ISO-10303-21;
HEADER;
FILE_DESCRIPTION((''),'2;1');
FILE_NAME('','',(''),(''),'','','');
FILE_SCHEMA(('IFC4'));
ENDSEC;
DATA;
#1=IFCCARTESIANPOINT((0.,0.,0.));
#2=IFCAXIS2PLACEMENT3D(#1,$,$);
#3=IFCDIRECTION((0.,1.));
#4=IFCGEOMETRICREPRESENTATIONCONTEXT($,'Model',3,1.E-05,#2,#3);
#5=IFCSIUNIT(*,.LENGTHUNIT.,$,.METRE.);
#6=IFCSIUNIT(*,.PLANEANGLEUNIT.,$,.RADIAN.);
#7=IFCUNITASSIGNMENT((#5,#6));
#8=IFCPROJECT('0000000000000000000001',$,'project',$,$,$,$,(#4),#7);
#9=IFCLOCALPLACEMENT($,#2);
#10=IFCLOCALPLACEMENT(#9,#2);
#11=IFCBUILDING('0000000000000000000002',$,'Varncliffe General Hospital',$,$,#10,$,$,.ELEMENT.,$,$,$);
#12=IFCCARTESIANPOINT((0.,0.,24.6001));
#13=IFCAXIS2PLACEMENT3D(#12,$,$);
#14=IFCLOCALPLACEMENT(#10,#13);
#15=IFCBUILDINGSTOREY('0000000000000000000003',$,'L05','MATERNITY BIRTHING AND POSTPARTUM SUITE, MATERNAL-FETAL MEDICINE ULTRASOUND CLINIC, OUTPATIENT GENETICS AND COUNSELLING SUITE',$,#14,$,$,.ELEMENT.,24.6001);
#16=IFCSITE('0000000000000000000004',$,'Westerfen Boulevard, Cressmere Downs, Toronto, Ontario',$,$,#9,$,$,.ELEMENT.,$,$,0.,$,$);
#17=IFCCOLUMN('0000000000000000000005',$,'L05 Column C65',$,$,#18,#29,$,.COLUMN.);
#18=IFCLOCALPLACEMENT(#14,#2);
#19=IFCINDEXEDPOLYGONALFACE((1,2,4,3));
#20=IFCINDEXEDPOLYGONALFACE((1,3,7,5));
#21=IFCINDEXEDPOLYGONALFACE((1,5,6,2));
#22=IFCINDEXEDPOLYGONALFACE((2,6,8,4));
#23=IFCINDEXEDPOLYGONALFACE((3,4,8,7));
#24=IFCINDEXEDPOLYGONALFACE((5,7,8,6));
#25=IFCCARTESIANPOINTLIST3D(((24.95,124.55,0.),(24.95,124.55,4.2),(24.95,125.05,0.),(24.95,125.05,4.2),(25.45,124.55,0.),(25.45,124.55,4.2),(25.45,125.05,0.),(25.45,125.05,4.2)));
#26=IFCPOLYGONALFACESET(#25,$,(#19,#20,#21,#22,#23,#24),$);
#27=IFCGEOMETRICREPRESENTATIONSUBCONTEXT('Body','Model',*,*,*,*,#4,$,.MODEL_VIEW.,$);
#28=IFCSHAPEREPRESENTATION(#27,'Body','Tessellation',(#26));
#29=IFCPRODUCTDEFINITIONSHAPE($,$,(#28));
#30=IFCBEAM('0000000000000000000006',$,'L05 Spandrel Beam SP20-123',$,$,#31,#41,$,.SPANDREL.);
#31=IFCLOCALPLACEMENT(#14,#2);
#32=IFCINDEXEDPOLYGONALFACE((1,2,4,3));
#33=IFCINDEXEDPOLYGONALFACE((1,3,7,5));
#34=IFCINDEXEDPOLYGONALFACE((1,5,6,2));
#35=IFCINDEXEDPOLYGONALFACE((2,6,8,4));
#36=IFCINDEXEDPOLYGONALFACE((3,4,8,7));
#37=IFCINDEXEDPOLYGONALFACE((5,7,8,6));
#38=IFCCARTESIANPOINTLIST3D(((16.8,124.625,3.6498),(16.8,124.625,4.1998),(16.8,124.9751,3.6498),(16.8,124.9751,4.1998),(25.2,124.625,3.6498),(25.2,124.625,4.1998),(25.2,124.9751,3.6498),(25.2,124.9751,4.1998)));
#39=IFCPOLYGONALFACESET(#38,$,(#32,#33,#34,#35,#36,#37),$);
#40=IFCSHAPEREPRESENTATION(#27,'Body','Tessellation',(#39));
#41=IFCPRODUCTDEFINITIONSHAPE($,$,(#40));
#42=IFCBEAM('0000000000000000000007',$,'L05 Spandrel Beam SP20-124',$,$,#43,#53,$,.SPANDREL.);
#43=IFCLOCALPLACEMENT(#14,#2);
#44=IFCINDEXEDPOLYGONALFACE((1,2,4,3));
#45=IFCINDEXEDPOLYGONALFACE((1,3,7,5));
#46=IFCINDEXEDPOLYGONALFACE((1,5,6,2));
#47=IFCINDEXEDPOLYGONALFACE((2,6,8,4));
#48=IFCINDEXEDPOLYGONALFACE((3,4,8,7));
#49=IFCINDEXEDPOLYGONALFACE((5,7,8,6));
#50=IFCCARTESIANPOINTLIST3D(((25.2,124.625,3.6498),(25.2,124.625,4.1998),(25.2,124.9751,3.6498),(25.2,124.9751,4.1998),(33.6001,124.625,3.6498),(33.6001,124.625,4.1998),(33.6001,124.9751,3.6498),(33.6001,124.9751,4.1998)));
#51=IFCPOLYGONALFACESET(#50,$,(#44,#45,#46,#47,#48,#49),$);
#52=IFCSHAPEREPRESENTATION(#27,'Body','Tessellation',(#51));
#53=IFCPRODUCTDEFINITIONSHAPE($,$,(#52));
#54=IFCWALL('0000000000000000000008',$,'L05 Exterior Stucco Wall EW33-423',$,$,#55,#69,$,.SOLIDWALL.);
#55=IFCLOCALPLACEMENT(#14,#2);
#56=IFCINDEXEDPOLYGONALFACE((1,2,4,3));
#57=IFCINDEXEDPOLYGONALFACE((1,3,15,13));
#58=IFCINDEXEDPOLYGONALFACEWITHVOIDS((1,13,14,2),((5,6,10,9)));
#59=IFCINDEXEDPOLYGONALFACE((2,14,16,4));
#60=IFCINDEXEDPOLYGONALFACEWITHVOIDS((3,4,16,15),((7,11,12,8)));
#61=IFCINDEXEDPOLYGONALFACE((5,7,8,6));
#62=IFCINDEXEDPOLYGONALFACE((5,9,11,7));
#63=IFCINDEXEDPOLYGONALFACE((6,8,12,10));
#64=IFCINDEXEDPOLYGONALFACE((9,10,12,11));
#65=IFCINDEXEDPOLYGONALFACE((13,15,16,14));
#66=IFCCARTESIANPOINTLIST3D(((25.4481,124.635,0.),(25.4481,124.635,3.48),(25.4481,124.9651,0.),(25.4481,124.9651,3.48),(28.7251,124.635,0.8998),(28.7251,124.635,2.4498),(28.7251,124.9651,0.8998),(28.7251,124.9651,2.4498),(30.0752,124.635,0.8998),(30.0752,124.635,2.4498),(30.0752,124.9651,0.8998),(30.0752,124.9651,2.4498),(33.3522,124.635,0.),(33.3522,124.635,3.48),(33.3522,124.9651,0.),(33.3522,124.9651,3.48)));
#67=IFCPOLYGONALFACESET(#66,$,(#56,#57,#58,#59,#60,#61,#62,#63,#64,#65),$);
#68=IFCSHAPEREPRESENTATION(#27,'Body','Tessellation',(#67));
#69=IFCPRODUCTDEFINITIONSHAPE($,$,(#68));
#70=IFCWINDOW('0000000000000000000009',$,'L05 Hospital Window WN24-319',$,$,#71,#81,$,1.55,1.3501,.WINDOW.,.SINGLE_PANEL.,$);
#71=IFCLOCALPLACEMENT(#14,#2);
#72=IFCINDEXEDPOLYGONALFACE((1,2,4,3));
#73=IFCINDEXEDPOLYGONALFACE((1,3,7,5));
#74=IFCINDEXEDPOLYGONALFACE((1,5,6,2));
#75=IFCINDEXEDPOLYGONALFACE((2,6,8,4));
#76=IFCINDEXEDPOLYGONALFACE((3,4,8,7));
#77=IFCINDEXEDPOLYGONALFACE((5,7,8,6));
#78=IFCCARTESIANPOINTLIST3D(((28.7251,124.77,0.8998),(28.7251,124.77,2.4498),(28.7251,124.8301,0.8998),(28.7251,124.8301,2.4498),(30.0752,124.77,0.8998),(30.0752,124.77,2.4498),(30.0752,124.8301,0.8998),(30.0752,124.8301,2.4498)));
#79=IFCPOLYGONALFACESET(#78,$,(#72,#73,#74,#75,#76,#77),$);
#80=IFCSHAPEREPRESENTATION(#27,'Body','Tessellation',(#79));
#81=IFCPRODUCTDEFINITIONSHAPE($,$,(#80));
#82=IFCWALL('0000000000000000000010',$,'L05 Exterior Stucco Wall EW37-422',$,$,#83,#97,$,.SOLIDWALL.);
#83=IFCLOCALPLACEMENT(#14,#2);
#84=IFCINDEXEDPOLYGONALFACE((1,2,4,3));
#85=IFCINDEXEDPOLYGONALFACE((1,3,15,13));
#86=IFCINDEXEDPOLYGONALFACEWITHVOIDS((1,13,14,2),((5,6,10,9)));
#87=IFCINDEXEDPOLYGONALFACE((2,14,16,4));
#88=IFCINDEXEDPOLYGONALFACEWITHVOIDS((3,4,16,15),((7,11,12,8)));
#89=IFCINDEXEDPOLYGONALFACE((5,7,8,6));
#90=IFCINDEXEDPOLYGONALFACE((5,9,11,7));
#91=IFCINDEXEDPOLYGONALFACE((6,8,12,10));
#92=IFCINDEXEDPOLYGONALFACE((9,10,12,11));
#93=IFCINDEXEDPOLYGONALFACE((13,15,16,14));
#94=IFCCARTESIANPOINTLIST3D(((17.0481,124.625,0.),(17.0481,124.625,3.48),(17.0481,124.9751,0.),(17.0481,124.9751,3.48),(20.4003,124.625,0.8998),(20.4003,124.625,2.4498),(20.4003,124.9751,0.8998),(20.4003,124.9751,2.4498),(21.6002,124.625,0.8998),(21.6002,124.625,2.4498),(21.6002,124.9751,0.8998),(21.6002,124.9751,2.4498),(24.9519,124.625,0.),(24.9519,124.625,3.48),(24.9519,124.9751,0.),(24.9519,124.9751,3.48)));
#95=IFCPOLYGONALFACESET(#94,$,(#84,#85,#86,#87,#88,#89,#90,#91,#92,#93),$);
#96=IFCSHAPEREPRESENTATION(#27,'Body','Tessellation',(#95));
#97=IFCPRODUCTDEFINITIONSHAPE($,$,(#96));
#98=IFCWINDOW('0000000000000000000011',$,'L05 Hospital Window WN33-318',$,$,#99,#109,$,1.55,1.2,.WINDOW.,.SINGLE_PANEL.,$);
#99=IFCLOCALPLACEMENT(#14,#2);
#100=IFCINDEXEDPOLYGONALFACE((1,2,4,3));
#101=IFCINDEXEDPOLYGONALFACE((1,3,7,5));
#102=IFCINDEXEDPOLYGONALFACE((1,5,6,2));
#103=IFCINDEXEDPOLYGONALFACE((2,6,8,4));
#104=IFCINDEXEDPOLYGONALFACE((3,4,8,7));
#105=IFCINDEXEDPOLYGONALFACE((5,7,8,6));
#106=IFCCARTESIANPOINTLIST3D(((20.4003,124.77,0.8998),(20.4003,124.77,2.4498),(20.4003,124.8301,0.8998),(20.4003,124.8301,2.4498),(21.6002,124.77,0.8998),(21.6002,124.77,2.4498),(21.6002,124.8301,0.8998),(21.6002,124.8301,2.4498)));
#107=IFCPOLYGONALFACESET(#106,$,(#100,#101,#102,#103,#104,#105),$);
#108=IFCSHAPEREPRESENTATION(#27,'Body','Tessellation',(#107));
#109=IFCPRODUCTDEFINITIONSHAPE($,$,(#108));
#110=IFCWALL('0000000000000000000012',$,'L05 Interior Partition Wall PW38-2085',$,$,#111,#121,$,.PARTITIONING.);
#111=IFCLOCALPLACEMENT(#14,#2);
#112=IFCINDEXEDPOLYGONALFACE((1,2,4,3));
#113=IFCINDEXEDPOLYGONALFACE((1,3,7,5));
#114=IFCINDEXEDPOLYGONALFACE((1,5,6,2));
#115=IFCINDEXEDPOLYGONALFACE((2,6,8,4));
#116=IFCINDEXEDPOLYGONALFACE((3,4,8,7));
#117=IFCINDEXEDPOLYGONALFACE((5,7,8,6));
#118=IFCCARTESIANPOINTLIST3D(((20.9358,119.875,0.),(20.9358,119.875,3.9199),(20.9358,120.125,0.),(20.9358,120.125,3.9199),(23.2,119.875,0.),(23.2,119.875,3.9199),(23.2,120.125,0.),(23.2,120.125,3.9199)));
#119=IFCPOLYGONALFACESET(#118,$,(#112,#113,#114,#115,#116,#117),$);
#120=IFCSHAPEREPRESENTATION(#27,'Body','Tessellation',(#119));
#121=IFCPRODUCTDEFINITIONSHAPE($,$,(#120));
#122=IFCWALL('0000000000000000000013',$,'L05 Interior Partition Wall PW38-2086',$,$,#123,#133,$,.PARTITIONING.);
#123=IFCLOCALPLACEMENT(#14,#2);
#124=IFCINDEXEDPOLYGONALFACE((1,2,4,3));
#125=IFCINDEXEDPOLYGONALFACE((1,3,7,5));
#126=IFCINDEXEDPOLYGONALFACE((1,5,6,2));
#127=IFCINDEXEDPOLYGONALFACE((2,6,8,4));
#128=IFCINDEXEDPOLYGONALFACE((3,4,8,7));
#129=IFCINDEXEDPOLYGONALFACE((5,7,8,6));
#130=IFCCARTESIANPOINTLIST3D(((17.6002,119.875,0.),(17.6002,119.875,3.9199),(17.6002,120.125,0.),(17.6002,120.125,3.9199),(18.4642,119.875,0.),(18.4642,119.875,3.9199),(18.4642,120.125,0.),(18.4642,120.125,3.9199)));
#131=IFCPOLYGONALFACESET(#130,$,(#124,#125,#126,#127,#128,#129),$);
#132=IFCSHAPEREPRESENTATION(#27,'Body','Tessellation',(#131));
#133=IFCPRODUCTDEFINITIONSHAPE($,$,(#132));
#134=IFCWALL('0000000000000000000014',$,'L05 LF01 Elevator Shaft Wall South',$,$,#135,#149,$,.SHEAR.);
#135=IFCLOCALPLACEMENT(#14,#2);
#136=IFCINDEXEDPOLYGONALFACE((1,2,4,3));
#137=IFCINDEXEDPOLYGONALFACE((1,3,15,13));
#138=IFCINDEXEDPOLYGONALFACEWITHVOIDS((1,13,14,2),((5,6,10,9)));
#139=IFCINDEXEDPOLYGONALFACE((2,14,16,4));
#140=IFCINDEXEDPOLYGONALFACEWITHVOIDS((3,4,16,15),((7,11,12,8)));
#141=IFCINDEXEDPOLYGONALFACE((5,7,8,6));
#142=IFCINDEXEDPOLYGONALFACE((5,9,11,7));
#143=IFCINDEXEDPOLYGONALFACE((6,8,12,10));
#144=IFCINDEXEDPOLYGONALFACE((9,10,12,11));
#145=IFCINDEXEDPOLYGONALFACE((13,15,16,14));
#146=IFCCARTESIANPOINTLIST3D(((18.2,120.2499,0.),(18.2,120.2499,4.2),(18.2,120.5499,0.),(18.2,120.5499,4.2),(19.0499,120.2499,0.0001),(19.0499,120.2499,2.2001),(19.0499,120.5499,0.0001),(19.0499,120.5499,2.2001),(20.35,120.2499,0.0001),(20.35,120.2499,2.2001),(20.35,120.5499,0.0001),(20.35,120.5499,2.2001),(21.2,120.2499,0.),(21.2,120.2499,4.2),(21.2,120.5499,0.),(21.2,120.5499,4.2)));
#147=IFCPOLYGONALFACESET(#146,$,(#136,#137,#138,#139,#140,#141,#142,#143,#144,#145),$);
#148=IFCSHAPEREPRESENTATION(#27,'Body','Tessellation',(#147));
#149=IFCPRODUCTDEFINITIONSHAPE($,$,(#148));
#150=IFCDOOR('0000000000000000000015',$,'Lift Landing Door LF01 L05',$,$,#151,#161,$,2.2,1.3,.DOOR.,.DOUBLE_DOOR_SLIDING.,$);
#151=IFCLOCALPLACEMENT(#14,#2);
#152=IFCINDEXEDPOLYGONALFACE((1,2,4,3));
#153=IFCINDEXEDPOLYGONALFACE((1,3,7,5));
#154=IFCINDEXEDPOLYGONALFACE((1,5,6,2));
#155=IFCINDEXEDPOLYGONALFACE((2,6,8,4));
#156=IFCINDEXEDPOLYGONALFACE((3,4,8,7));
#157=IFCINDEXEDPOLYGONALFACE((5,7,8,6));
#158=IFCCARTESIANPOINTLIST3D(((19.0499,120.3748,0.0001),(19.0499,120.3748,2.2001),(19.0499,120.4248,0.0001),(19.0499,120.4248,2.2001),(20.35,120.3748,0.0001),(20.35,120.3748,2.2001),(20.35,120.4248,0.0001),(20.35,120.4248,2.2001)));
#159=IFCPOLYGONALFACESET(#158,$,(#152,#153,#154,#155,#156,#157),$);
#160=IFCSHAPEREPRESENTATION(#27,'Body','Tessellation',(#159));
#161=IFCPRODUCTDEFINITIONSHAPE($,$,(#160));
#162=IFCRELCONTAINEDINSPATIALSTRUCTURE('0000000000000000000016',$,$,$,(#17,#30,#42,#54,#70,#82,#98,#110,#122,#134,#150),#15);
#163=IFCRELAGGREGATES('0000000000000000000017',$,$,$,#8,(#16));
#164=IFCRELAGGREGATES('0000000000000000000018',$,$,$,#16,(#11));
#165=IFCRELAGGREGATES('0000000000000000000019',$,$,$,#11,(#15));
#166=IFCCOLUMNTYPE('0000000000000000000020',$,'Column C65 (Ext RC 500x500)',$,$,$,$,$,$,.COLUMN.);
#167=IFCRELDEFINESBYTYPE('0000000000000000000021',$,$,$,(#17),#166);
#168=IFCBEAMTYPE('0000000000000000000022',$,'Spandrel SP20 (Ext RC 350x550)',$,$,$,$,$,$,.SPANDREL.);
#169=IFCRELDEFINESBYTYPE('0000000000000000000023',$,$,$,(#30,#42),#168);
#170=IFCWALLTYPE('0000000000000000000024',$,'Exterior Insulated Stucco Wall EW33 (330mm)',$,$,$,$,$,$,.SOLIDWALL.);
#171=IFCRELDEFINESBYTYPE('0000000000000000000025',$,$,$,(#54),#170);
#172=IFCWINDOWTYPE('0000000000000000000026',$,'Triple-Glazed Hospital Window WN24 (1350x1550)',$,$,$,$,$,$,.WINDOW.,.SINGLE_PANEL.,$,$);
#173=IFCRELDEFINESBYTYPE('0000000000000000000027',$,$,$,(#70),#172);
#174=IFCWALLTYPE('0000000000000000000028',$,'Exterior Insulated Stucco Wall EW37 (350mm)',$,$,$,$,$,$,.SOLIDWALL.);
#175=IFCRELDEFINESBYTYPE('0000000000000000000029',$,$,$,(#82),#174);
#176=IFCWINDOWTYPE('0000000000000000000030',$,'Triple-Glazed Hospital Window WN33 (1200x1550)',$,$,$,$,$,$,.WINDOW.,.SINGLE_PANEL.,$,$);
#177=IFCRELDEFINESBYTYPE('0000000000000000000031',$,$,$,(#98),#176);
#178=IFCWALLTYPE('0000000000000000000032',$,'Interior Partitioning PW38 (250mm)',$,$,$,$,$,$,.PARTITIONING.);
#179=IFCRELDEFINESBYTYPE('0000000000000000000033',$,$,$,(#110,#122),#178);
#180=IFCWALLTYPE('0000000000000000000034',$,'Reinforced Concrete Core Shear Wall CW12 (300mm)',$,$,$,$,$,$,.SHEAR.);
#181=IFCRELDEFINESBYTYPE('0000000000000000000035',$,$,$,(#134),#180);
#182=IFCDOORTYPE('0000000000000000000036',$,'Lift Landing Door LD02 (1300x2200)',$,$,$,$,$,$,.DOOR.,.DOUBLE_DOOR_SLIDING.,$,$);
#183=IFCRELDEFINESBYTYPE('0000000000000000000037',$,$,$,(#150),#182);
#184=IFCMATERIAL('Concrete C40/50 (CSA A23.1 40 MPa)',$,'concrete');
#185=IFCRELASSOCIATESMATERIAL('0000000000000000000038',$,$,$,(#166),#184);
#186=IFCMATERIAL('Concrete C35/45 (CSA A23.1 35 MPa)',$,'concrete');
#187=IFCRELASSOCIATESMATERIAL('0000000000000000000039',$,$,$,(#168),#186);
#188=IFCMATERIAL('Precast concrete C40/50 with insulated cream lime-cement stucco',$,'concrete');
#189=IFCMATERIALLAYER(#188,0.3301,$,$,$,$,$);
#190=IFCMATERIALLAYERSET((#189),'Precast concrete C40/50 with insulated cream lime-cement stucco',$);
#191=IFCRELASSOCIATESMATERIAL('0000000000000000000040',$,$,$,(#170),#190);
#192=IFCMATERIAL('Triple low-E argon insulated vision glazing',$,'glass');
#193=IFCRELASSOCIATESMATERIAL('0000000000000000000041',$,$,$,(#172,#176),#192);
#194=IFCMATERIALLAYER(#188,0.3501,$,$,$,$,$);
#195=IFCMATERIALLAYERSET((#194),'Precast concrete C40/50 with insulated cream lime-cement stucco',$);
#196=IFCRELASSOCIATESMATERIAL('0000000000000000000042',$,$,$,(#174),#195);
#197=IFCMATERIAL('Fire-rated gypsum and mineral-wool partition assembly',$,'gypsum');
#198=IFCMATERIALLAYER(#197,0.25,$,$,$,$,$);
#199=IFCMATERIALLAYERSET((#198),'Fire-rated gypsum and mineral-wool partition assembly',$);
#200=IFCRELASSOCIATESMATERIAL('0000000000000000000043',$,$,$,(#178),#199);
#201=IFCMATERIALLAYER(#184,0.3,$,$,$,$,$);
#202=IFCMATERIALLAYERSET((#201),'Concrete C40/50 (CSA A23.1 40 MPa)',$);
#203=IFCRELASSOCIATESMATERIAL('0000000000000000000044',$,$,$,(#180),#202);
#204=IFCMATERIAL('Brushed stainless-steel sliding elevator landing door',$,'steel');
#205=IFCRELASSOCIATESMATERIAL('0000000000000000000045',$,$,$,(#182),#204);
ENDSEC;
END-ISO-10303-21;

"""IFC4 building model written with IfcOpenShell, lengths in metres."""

from ifc_helpers import new_model, si_unit, direction, frame, frame_2d, origin, origin_2d, place, context, subcontext, project, spatial, rectangle, extrude, material, layer, layer_set, material_profile, profile_set, type_object, element, fill, save


model = new_model("IFC4")

# Units and contexts
model_context = context("Model", 3, precision=1e-05, world=origin(), true_north=direction((0.0, 1.0)))
body_context = subcontext(model_context, "Body", "Model", "MODEL_VIEW")
ifc_project = project(units=[si_unit("LENGTHUNIT", "METRE"), si_unit("PLANEANGLEUNIT", "RADIAN")], contexts=[model_context])

# Site, building, storey
site_placement = place(None, origin())
site = spatial("IfcSite", under=ifc_project, at=site_placement, Name="Westerfen Boulevard, Cressmere Downs, Toronto, Ontario", CompositionType="ELEMENT", RefElevation=0.0)
building_placement = place(site_placement, origin())
building = spatial("IfcBuilding", under=site, at=building_placement, Name="Varncliffe General Hospital", CompositionType="ELEMENT")
storey_placement = place(building_placement, frame((0.0, 0.0, 24.6001)))
storey = spatial("IfcBuildingStorey", under=building, at=storey_placement, Name="L05", Description="MATERNITY BIRTHING AND POSTPARTUM SUITE, MATERNAL-FETAL MEDICINE ULTRASOUND CLINIC, OUTPATIENT GENETICS AND COUNSELLING SUITE", CompositionType="ELEMENT", Elevation=24.6001)

# Column
ifc_material_1 = material(Name="Concrete C40/50 (CSA A23.1 40 MPa)", Category="concrete")
ifc_material_profile_1 = material_profile(ifc_material_1, rectangle(XDim=0.5, YDim=0.5, at=origin_2d()), Name="RC 500x500")
ifc_profile_set_1 = profile_set([ifc_material_profile_1], Name="Concrete C40/50 (CSA A23.1 40 MPa)")
column_type = type_object("IfcColumnType", Name="Column C65 (Ext RC 500x500)", PredefinedType="COLUMN", material=ifc_profile_set_1)
column_placement = place(storey_placement, frame((25.2, 124.8, 0.0), z_axis=(0.0, 0.0, 1.0), x_axis=(1.0, 0.0, 0.0)))
element("IfcColumn", 1, at=column_placement, inside=storey, type_object=column_type, Name="L05 Column C65", PredefinedType="COLUMN", context=body_context, shape_type="SweptSolid", body=[
    extrude(rectangle(XDim=0.5, YDim=0.5, at=origin_2d()), origin(), (0.0, 0.0, 1.0), 4.2),
])

# Beams
ifc_material_2 = material(Name="Concrete C35/45 (CSA A23.1 35 MPa)", Category="concrete")
ifc_material_profile_2 = material_profile(ifc_material_2, rectangle(XDim=0.3501, YDim=0.55, at=origin_2d()), Name="RC 350x550")
ifc_profile_set_2 = profile_set([ifc_material_profile_2], Name="Concrete C35/45 (CSA A23.1 35 MPa)")
beam_type = type_object("IfcBeamType", Name="Spandrel SP20 (Ext RC 350x550)", PredefinedType="SPANDREL", material=ifc_profile_set_2)
beam_1_placement = place(storey_placement, frame((16.8, 124.8, 3.9248), z_axis=(1.0, 0.0, 0.0), x_axis=(0.0, 1.0, 0.0)))
element("IfcBeam", 2, at=beam_1_placement, inside=storey, type_object=beam_type, Name="L05 Spandrel Beam SP20-123", PredefinedType="SPANDREL", context=body_context, shape_type="SweptSolid", body=[
    extrude(rectangle(XDim=0.3501, YDim=0.55, at=origin_2d()), origin(), (0.0, 0.0, 1.0), 8.3999),
])
beam_2_placement = place(storey_placement, frame((25.2, 124.8, 3.9248), z_axis=(1.0, 0.0, 0.0), x_axis=(0.0, 1.0, 0.0)))
element("IfcBeam", 3, at=beam_2_placement, inside=storey, type_object=beam_type, Name="L05 Spandrel Beam SP20-124", PredefinedType="SPANDREL", context=body_context, shape_type="SweptSolid", body=[
    extrude(rectangle(XDim=0.3501, YDim=0.55, at=origin_2d()), origin(), (0.0, 0.0, 1.0), 8.4001),
])

# Walls, openings, windows
ifc_material_3 = material(Name="Precast concrete C40/50 with insulated cream lime-cement stucco", Category="concrete")
ifc_layer_1 = layer(ifc_material_3, 0.3301)
ifc_layer_set_1 = layer_set([ifc_layer_1], Name="Precast concrete C40/50 with insulated cream lime-cement stucco")
wall_type_1 = type_object("IfcWallType", Name="Exterior Insulated Stucco Wall EW33 (330mm)", PredefinedType="SOLIDWALL", material=ifc_layer_set_1)
wall_1_placement = place(storey_placement, frame((25.448, 124.8, 0.0), z_axis=(0.0, 0.0, 1.0), x_axis=(1.0, 0.0, 0.0)))
wall_1 = element("IfcWall", 4, at=wall_1_placement, inside=storey, type_object=wall_type_1, Name="L05 Exterior Stucco Wall EW33-423", PredefinedType="SOLIDWALL", context=body_context, shape_type="SweptSolid", body=[
    extrude(rectangle(XDim=7.9041, YDim=0.3301, at=frame_2d((3.9521, 0.0))), origin(), (0.0, 0.0, 1.0), 3.48),
])
opening_1_placement = place(wall_1_placement, frame((3.2771, 0.0, 0.8999)))
opening_1 = element("IfcOpeningElement", 5, at=opening_1_placement, cuts=wall_1, PredefinedType="OPENING", context=body_context, shape_type="SweptSolid", body=[
    extrude(rectangle(XDim=1.3501, YDim=1.55, at=frame_2d((0.675, 0.7749))), frame((0.0, 0.175, 0.0), z_axis=(0.0, -1.0, 0.0), x_axis=(1.0, 0.0, 0.0)), (0.0, 0.0, 1.0), 0.3501),
])
ifc_material_4 = material(Name="Triple low-E argon insulated vision glazing", Category="glass")
window_type_1 = type_object("IfcWindowType", Name="Triple-Glazed Hospital Window WN24 (1350x1550)", PartitioningType="SINGLE_PANEL", PredefinedType="WINDOW", material=ifc_material_4)
window_1_placement = place(opening_1_placement, origin())
window_1 = element("IfcWindow", 6, at=window_1_placement, inside=storey, type_object=window_type_1, Name="L05 Hospital Window WN24-319", OverallHeight=1.55, OverallWidth=1.3501, PartitioningType="SINGLE_PANEL", PredefinedType="WINDOW", context=body_context, shape_type="SweptSolid", body=[
    extrude(rectangle(XDim=1.3501, YDim=1.55, at=frame_2d((0.675, 0.7749))), frame((0.0, 0.03, 0.0), z_axis=(0.0, -1.0, 0.0), x_axis=(1.0, 0.0, 0.0)), (0.0, 0.0, 1.0), 0.0601),
])
fill(opening_1, window_1)
ifc_layer_2 = layer(ifc_material_3, 0.3501)
ifc_layer_set_2 = layer_set([ifc_layer_2], Name="Precast concrete C40/50 with insulated cream lime-cement stucco")
wall_type_2 = type_object("IfcWallType", Name="Exterior Insulated Stucco Wall EW37 (350mm)", PredefinedType="SOLIDWALL", material=ifc_layer_set_2)
wall_2_placement = place(storey_placement, frame((17.0481, 124.8, 0.0), z_axis=(0.0, 0.0, 1.0), x_axis=(1.0, 0.0, 0.0)))
wall_2 = element("IfcWall", 7, at=wall_2_placement, inside=storey, type_object=wall_type_2, Name="L05 Exterior Stucco Wall EW37-422", PredefinedType="SOLIDWALL", context=body_context, shape_type="SweptSolid", body=[
    extrude(rectangle(XDim=7.9038, YDim=0.3501, at=frame_2d((3.9519, 0.0))), origin(), (0.0, 0.0, 1.0), 3.48),
])
opening_2_placement = place(wall_2_placement, frame((3.3521, 0.0, 0.8999)))
opening_2 = element("IfcOpeningElement", 8, at=opening_2_placement, cuts=wall_2, PredefinedType="OPENING", context=body_context, shape_type="SweptSolid", body=[
    extrude(rectangle(XDim=1.2, YDim=1.55, at=frame_2d((0.6001, 0.7749))), frame((0.0, 0.1851, 0.0), z_axis=(0.0, -1.0, 0.0), x_axis=(1.0, 0.0, 0.0)), (0.0, 0.0, 1.0), 0.3701),
])
window_type_2 = type_object("IfcWindowType", Name="Triple-Glazed Hospital Window WN33 (1200x1550)", PartitioningType="SINGLE_PANEL", PredefinedType="WINDOW", material=ifc_material_4)
window_2_placement = place(opening_2_placement, origin())
window_2 = element("IfcWindow", 9, at=window_2_placement, inside=storey, type_object=window_type_2, Name="L05 Hospital Window WN33-318", OverallHeight=1.55, OverallWidth=1.2, PartitioningType="SINGLE_PANEL", PredefinedType="WINDOW", context=body_context, shape_type="SweptSolid", body=[
    extrude(rectangle(XDim=1.2, YDim=1.55, at=frame_2d((0.6001, 0.7749))), frame((0.0, 0.03, 0.0), z_axis=(0.0, -1.0, 0.0), x_axis=(1.0, 0.0, 0.0)), (0.0, 0.0, 1.0), 0.0601),
])
fill(opening_2, window_2)

# Walls
ifc_material_5 = material(Name="Fire-rated gypsum and mineral-wool partition assembly", Category="gypsum")
ifc_layer_3 = layer(ifc_material_5, 0.25)
ifc_layer_set_3 = layer_set([ifc_layer_3], Name="Fire-rated gypsum and mineral-wool partition assembly")
wall_type_3 = type_object("IfcWallType", Name="Interior Partitioning PW38 (250mm)", PredefinedType="PARTITIONING", material=ifc_layer_set_3)
wall_3_placement = place(storey_placement, frame((20.9358, 120.0, 0.0), z_axis=(0.0, 0.0, 1.0), x_axis=(1.0, 0.0, 0.0)))
element("IfcWall", 10, at=wall_3_placement, inside=storey, type_object=wall_type_3, Name="L05 Interior Partition Wall PW38-2085", PredefinedType="PARTITIONING", context=body_context, shape_type="SweptSolid", body=[
    extrude(rectangle(XDim=2.2642, YDim=0.25, at=frame_2d((1.1321, 0.0))), origin(), (0.0, 0.0, 1.0), 3.9199),
])
wall_4_placement = place(storey_placement, frame((17.6001, 120.0, 0.0), z_axis=(0.0, 0.0, 1.0), x_axis=(1.0, 0.0, 0.0)))
element("IfcWall", 11, at=wall_4_placement, inside=storey, type_object=wall_type_3, Name="L05 Interior Partition Wall PW38-2086", PredefinedType="PARTITIONING", context=body_context, shape_type="SweptSolid", body=[
    extrude(rectangle(XDim=0.864, YDim=0.25, at=frame_2d((0.4321, 0.0))), origin(), (0.0, 0.0, 1.0), 3.9199),
])

# Wall, opening, door
ifc_layer_4 = layer(ifc_material_1, 0.3)
ifc_layer_set_4 = layer_set([ifc_layer_4], Name="Concrete C40/50 (CSA A23.1 40 MPa)")
wall_type_4 = type_object("IfcWallType", Name="Reinforced Concrete Core Shear Wall CW12 (300mm)", PredefinedType="SHEAR", material=ifc_layer_set_4)
wall_5_placement = place(storey_placement, frame((18.2, 120.3999, 0.0), z_axis=(0.0, 0.0, 1.0), x_axis=(1.0, 0.0, 0.0)))
wall_5 = element("IfcWall", 12, at=wall_5_placement, inside=storey, type_object=wall_type_4, Name="L05 LF01 Elevator Shaft Wall South", PredefinedType="SHEAR", context=body_context, shape_type="SweptSolid", body=[
    extrude(rectangle(XDim=3.0, YDim=0.3, at=frame_2d((1.5, 0.0))), origin(), (0.0, 0.0, 1.0), 4.2),
])
opening_3_placement = place(wall_5_placement, frame((0.8501, 0.0, 0.0)))
opening_3 = element("IfcOpeningElement", 13, at=opening_3_placement, cuts=wall_5, PredefinedType="OPENING", context=body_context, shape_type="SweptSolid", body=[
    extrude(rectangle(XDim=1.3, YDim=2.2, at=frame_2d((0.6499, 1.1001))), frame((0.0, 0.1602, 0.0), z_axis=(0.0, -1.0, 0.0), x_axis=(1.0, 0.0, 0.0)), (0.0, 0.0, 1.0), 0.3201),
])
ifc_material_6 = material(Name="Brushed stainless-steel sliding elevator landing door", Category="steel")
door_type_1 = type_object("IfcDoorType", Name="Lift Landing Door LD02 (1300x2200)", OperationType="DOUBLE_DOOR_SLIDING", PredefinedType="DOOR", material=ifc_material_6)
door_1_placement = place(opening_3_placement, origin())
door_1 = element("IfcDoor", 14, at=door_1_placement, inside=storey, type_object=door_type_1, Name="Lift Landing Door LF01 L05", OperationType="DOUBLE_DOOR_SLIDING", OverallHeight=2.2, OverallWidth=1.3, PredefinedType="DOOR", context=body_context, shape_type="SweptSolid", body=[
    extrude(rectangle(XDim=1.3, YDim=2.2, at=frame_2d((0.6499, 1.1001))), frame((0.0, 0.0249, 0.0), z_axis=(0.0, -1.0, 0.0), x_axis=(1.0, 0.0, 0.0)), (0.0, 0.0, 1.0), 0.05),
])
fill(opening_3, door_1)

save(model, "model.ifc")
